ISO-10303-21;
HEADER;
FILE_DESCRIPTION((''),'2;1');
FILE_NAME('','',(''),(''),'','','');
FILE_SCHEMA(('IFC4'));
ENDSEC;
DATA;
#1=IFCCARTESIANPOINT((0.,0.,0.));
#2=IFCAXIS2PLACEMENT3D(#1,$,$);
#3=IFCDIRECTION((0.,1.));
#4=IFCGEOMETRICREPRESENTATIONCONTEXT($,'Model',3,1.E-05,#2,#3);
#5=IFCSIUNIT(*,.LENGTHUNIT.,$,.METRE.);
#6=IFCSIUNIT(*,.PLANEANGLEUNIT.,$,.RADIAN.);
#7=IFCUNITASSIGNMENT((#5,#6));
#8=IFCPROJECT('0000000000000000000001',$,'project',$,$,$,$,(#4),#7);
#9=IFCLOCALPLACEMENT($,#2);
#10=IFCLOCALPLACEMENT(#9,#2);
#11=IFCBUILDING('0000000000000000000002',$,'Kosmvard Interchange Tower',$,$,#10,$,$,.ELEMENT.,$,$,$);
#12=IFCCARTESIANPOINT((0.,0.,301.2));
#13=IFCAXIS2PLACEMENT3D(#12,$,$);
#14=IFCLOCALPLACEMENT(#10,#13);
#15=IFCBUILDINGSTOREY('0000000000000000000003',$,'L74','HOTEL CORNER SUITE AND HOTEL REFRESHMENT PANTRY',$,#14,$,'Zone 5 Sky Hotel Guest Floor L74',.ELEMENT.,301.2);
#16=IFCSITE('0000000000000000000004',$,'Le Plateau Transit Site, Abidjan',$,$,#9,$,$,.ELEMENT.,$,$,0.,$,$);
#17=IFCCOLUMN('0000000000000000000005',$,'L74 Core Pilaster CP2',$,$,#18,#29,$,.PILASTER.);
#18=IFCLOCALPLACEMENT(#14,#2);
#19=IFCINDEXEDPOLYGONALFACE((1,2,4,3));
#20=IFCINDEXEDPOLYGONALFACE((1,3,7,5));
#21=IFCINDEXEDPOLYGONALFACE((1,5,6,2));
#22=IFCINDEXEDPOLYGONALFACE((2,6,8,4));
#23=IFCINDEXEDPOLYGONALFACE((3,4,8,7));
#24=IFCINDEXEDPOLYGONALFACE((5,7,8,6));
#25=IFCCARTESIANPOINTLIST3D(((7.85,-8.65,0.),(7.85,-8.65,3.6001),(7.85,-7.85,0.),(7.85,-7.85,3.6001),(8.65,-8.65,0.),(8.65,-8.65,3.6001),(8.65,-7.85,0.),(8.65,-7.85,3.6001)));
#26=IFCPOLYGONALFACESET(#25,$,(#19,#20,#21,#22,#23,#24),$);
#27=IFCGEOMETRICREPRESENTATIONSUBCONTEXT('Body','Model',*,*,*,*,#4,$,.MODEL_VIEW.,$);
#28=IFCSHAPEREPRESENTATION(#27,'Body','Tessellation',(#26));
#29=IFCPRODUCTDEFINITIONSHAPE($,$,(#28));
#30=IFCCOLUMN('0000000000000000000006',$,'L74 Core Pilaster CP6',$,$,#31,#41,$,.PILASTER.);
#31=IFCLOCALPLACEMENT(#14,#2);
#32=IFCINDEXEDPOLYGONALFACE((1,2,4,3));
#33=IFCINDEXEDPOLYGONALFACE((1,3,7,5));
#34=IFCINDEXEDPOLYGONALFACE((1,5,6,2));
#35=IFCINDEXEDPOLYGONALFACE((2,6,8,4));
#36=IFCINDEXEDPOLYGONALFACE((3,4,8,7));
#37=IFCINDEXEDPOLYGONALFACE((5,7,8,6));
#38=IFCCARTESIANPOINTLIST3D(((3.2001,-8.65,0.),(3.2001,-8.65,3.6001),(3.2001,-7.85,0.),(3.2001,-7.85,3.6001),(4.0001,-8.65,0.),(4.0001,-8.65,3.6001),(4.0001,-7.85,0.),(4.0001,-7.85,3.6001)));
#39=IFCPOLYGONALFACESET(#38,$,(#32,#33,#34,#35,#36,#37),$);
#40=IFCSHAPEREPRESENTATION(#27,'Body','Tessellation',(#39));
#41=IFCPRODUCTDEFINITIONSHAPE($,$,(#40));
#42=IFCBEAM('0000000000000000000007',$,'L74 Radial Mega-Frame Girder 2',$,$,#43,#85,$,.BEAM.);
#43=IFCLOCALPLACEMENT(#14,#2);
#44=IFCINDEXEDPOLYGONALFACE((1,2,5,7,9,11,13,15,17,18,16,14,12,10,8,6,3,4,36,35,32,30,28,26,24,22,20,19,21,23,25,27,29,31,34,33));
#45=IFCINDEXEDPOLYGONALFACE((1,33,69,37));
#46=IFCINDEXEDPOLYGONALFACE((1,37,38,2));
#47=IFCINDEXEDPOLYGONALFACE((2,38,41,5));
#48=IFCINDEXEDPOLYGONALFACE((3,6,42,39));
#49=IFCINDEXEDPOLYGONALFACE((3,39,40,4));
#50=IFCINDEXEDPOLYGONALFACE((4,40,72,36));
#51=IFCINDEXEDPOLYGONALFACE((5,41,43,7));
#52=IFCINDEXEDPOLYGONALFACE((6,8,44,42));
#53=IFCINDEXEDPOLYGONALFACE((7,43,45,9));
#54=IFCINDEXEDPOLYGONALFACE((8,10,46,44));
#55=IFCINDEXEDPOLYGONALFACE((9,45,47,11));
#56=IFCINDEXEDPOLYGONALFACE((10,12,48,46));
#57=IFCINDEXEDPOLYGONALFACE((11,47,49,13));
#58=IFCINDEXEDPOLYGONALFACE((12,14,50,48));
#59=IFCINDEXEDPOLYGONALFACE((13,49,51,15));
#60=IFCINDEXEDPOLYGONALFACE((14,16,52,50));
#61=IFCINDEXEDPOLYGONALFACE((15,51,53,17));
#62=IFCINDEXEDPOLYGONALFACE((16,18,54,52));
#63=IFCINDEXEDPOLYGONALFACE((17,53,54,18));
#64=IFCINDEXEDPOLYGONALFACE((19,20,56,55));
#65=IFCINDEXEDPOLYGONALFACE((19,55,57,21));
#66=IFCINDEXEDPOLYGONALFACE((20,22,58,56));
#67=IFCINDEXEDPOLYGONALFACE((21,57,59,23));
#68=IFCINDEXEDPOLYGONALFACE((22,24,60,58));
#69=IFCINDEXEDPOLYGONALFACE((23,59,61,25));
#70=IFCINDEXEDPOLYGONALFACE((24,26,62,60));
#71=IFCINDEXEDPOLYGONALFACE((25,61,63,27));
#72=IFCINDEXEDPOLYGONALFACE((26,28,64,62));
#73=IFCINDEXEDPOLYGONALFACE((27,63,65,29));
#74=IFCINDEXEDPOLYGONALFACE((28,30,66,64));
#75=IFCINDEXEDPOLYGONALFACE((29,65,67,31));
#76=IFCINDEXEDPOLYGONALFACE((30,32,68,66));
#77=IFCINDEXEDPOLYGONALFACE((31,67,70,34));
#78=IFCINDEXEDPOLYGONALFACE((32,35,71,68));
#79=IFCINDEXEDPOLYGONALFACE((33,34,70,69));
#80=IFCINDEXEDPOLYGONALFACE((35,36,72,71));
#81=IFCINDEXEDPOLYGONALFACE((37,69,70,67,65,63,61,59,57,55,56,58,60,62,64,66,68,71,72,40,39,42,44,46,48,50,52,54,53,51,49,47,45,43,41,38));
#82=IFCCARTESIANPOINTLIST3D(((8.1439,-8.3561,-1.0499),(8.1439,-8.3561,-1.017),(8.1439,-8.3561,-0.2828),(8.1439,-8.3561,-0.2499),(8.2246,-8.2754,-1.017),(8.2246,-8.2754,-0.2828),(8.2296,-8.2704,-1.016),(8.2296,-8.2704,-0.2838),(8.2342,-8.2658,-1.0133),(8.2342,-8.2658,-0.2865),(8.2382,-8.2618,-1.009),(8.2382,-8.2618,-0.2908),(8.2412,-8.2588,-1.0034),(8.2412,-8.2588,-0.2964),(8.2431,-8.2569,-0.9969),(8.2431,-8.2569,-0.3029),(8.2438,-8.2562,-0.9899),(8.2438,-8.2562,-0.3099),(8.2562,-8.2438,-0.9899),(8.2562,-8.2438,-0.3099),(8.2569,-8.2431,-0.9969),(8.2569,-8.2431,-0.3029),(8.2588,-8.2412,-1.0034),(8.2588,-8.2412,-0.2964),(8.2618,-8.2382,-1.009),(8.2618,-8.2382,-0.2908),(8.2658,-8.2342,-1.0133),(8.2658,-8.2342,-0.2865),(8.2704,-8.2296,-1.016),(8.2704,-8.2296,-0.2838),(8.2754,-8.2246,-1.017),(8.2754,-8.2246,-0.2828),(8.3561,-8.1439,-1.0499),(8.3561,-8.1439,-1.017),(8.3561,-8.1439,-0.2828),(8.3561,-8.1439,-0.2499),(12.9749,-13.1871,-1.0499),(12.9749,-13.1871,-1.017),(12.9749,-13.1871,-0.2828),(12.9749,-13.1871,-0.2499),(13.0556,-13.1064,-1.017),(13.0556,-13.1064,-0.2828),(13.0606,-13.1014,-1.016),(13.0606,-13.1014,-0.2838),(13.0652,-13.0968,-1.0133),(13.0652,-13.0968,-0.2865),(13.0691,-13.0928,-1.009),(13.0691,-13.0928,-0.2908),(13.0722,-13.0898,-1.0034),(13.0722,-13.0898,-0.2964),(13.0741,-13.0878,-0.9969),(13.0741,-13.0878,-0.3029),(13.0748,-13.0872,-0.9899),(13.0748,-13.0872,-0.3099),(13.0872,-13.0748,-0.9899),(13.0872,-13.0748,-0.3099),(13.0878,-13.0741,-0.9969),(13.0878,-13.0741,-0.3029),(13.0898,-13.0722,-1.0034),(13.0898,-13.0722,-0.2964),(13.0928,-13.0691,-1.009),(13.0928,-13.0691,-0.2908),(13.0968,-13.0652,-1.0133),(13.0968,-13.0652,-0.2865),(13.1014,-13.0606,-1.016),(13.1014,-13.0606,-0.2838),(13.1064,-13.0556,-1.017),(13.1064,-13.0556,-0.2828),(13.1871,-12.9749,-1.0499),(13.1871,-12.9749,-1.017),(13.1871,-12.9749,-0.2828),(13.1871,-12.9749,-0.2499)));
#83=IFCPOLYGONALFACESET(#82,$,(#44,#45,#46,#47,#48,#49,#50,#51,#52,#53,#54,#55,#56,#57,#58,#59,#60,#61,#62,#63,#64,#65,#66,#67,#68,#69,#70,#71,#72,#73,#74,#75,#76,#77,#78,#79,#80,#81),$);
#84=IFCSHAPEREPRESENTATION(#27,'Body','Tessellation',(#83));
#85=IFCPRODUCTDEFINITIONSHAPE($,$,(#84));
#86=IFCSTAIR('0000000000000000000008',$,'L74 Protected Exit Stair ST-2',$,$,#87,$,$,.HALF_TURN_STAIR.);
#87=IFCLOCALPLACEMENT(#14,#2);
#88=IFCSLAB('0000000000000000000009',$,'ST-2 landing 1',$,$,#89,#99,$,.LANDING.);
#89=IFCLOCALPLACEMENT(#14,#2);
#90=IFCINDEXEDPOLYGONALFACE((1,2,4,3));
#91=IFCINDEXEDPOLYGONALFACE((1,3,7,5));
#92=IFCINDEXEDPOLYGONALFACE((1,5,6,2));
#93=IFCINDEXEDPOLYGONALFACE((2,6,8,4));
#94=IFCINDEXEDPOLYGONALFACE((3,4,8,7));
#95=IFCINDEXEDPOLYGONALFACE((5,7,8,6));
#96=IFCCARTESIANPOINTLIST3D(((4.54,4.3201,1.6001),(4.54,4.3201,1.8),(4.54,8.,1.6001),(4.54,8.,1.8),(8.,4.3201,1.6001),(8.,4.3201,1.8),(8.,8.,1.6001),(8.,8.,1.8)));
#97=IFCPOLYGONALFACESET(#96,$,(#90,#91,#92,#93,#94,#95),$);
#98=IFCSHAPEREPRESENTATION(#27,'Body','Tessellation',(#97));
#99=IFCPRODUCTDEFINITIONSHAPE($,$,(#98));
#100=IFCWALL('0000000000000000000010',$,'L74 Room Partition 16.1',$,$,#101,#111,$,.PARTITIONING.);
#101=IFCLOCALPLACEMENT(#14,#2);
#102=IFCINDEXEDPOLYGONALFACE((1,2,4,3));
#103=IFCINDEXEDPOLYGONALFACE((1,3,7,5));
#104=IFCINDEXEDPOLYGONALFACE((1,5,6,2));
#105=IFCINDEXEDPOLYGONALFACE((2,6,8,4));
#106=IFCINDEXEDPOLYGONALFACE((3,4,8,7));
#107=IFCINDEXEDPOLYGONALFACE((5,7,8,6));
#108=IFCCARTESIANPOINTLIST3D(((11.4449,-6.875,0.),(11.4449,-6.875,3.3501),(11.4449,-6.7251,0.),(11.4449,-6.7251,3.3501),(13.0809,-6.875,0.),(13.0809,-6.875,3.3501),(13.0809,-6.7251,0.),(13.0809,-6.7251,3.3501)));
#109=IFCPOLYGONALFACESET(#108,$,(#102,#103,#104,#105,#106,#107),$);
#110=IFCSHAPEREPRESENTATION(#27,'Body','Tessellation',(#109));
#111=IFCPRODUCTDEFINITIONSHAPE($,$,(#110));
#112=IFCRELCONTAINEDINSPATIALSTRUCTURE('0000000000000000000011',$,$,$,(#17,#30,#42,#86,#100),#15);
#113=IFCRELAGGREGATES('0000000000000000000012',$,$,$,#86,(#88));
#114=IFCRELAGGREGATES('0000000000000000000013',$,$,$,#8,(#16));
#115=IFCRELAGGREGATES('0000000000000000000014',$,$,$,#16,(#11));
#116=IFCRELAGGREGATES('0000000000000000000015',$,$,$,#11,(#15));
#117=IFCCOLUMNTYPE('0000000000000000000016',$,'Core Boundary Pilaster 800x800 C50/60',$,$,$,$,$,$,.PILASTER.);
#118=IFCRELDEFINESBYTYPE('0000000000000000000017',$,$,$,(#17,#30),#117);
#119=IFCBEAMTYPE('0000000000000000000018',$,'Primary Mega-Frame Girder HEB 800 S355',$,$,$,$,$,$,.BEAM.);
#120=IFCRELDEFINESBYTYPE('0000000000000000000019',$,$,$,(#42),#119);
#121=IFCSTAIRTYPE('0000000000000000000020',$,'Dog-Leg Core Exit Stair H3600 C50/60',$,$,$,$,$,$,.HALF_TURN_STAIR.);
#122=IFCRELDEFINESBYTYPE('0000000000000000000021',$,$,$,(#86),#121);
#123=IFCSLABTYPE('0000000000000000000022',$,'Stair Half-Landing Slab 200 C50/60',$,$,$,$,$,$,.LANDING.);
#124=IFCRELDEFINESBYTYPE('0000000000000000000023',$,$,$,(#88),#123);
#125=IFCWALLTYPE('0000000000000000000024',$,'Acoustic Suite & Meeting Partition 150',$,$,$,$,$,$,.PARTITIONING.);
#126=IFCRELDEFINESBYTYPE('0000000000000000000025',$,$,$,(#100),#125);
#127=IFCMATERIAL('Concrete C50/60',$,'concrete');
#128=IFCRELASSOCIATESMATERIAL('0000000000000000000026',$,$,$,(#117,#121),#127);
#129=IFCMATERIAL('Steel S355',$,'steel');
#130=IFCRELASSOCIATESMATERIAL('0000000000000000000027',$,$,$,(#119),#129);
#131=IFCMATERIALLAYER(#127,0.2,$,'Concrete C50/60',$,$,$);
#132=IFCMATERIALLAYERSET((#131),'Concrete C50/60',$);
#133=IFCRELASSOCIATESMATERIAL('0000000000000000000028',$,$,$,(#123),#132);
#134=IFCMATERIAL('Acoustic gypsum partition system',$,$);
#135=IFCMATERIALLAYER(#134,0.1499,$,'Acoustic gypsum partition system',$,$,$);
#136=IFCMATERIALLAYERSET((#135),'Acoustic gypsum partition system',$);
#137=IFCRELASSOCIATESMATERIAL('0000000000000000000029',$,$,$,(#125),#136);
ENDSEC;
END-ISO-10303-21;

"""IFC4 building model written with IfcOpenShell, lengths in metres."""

from ifc_helpers import new_model, si_unit, direction, frame, frame_2d, origin, origin_2d, place, context, subcontext, project, spatial, polyline, rectangle, i_section, outline, extrude, source, transform, mapped, material, layer, layer_set, material_profile, profile_set, type_object, element, aggregate, save


model = new_model("IFC4")

# Units and contexts
model_context = context("Model", 3, precision=1e-05, world=origin(), true_north=direction((0.0, 1.0)))
body_context = subcontext(model_context, "Body", "Model", "MODEL_VIEW")
ifc_project = project(units=[si_unit("LENGTHUNIT", "METRE"), si_unit("PLANEANGLEUNIT", "RADIAN")], contexts=[model_context])

# Site, building, storey
site_placement = place(None, origin())
site = spatial("IfcSite", under=ifc_project, at=site_placement, Name="Le Plateau Transit Site, Abidjan", CompositionType="ELEMENT", RefElevation=0.0)
building_placement = place(site_placement, origin())
building = spatial("IfcBuilding", under=site, at=building_placement, Name="Kosmvard Interchange Tower", CompositionType="ELEMENT")
storey_placement = place(building_placement, frame((0.0, 0.0, 301.2)))
storey = spatial("IfcBuildingStorey", under=building, at=storey_placement, Name="L74", Description="HOTEL CORNER SUITE AND HOTEL REFRESHMENT PANTRY", LongName="Zone 5 Sky Hotel Guest Floor L74", CompositionType="ELEMENT", Elevation=301.2)

# Columns
ifc_material_1 = material(Name="Concrete C50/60", Category="concrete")
ifc_material_profile_1 = material_profile(ifc_material_1, rectangle(XDim=0.8, YDim=0.8, at=origin_2d()), Name="CP 800x800")
ifc_profile_set_1 = profile_set([ifc_material_profile_1], Name="Concrete C50/60")
column_type = type_object("IfcColumnType", Name="Core Boundary Pilaster 800x800 C50/60", PredefinedType="PILASTER", material=ifc_profile_set_1)
shared_shape_1 = source(origin(), body_context, "Body", "SweptSolid", [
    extrude(rectangle(XDim=0.8, YDim=0.8, at=origin_2d()), origin(), (0.0, 0.0, 1.0), 3.6001),
])
for number, where, z_axis, x_axis, name in (
    (1, (8.25, -8.25, 0.0), (0.0, 0.0, 1.0), (1.0, 0.0, 0.0), "L74 Core Pilaster CP2"),
    (2, (3.6001, -8.25, 0.0), (0.0, 0.0, 1.0), (1.0, 0.0, 0.0), "L74 Core Pilaster CP6"),
):
    element("IfcColumn", number, at=place(storey_placement, frame(where, z_axis=z_axis, x_axis=x_axis)), inside=storey, type_object=column_type, Name=name, PredefinedType="PILASTER", context=body_context, shape_type="MappedRepresentation", body=[
        mapped(shared_shape_1, transform((0.0, 0.0, 0.0), scale=1.0)),
    ])

# Beam
ifc_material_2 = material(Name="Steel S355", Category="steel")
ifc_material_profile_2 = material_profile(ifc_material_2, i_section(OverallWidth=0.3, OverallDepth=0.8, WebThickness=0.0176, FlangeThickness=0.033, FilletRadius=0.0271, at=origin_2d()), Name="HEB 800")
ifc_profile_set_2 = profile_set([ifc_material_profile_2], Name="Steel S355")
beam_type = type_object("IfcBeamType", Name="Primary Mega-Frame Girder HEB 800 S355", PredefinedType="BEAM", material=ifc_profile_set_2)
shared_shape_2 = source(origin(), body_context, "Body", "SweptSolid", [
    extrude(i_section(OverallWidth=0.3, OverallDepth=0.8, WebThickness=0.0176, FlangeThickness=0.033, FilletRadius=0.0271, at=origin_2d()), origin(), (0.0, 0.0, 1.0), 6.832),
])
beam_placement = place(storey_placement, frame((8.25, -8.25, -0.6499), z_axis=(0.707107, -0.707107, 0.0), x_axis=(0.707107, 0.707107, 0.0)))
element("IfcBeam", 3, at=beam_placement, inside=storey, type_object=beam_type, Name="L74 Radial Mega-Frame Girder 2", PredefinedType="BEAM", context=body_context, shape_type="MappedRepresentation", body=[
    mapped(shared_shape_2, transform((0.0, 0.0, 0.0), scale=1.0)),
])

# Stair, slab
stair_type = type_object("IfcStairType", Name="Dog-Leg Core Exit Stair H3600 C50/60", PredefinedType="HALF_TURN_STAIR", material=ifc_material_1)
stair_placement = place(storey_placement, origin())
stair = element("IfcStair", 4, at=stair_placement, inside=storey, type_object=stair_type, Name="L74 Protected Exit Stair ST-2", PredefinedType="HALF_TURN_STAIR")
ifc_layer_1 = layer(ifc_material_1, 0.2, Name="Concrete C50/60")
ifc_layer_set_1 = layer_set([ifc_layer_1], Name="Concrete C50/60")
slab_type = type_object("IfcSlabType", Name="Stair Half-Landing Slab 200 C50/60", PredefinedType="LANDING", material=ifc_layer_set_1)
slab_placement = place(storey_placement, frame((0.0, 0.0, 1.6001)))
slab = element("IfcSlab", 5, at=slab_placement, type_object=slab_type, Name="ST-2 landing 1", PredefinedType="LANDING", context=body_context, shape_type="SweptSolid", body=[
    extrude(outline(polyline([(8.0, 4.3201), (8.0, 8.0), (4.54, 8.0), (4.54, 4.3201), (8.0, 4.3201)])), origin(), (0.0, 0.0, 1.0), 0.2),
])
aggregate(stair, [slab])

# Wall
ifc_material_3 = material(Name="Acoustic gypsum partition system")
ifc_layer_2 = layer(ifc_material_3, 0.1499, Name="Acoustic gypsum partition system")
ifc_layer_set_2 = layer_set([ifc_layer_2], Name="Acoustic gypsum partition system")
wall_type_1 = type_object("IfcWallType", Name="Acoustic Suite & Meeting Partition 150", PredefinedType="PARTITIONING", material=ifc_layer_set_2)
wall_1_placement = place(storey_placement, frame((11.4451, -6.8, 0.0), z_axis=(0.0, 0.0, 1.0), x_axis=(1.0, 0.0, 0.0)))
element("IfcWall", 6, at=wall_1_placement, inside=storey, type_object=wall_type_1, Name="L74 Room Partition 16.1", PredefinedType="PARTITIONING", context=body_context, shape_type="SweptSolid", body=[
    extrude(rectangle(XDim=1.636, YDim=0.1499, at=frame_2d((0.8179, 0.0))), origin(), (0.0, 0.0, 1.0), 3.3501),
])

save(model, "model.ifc")
